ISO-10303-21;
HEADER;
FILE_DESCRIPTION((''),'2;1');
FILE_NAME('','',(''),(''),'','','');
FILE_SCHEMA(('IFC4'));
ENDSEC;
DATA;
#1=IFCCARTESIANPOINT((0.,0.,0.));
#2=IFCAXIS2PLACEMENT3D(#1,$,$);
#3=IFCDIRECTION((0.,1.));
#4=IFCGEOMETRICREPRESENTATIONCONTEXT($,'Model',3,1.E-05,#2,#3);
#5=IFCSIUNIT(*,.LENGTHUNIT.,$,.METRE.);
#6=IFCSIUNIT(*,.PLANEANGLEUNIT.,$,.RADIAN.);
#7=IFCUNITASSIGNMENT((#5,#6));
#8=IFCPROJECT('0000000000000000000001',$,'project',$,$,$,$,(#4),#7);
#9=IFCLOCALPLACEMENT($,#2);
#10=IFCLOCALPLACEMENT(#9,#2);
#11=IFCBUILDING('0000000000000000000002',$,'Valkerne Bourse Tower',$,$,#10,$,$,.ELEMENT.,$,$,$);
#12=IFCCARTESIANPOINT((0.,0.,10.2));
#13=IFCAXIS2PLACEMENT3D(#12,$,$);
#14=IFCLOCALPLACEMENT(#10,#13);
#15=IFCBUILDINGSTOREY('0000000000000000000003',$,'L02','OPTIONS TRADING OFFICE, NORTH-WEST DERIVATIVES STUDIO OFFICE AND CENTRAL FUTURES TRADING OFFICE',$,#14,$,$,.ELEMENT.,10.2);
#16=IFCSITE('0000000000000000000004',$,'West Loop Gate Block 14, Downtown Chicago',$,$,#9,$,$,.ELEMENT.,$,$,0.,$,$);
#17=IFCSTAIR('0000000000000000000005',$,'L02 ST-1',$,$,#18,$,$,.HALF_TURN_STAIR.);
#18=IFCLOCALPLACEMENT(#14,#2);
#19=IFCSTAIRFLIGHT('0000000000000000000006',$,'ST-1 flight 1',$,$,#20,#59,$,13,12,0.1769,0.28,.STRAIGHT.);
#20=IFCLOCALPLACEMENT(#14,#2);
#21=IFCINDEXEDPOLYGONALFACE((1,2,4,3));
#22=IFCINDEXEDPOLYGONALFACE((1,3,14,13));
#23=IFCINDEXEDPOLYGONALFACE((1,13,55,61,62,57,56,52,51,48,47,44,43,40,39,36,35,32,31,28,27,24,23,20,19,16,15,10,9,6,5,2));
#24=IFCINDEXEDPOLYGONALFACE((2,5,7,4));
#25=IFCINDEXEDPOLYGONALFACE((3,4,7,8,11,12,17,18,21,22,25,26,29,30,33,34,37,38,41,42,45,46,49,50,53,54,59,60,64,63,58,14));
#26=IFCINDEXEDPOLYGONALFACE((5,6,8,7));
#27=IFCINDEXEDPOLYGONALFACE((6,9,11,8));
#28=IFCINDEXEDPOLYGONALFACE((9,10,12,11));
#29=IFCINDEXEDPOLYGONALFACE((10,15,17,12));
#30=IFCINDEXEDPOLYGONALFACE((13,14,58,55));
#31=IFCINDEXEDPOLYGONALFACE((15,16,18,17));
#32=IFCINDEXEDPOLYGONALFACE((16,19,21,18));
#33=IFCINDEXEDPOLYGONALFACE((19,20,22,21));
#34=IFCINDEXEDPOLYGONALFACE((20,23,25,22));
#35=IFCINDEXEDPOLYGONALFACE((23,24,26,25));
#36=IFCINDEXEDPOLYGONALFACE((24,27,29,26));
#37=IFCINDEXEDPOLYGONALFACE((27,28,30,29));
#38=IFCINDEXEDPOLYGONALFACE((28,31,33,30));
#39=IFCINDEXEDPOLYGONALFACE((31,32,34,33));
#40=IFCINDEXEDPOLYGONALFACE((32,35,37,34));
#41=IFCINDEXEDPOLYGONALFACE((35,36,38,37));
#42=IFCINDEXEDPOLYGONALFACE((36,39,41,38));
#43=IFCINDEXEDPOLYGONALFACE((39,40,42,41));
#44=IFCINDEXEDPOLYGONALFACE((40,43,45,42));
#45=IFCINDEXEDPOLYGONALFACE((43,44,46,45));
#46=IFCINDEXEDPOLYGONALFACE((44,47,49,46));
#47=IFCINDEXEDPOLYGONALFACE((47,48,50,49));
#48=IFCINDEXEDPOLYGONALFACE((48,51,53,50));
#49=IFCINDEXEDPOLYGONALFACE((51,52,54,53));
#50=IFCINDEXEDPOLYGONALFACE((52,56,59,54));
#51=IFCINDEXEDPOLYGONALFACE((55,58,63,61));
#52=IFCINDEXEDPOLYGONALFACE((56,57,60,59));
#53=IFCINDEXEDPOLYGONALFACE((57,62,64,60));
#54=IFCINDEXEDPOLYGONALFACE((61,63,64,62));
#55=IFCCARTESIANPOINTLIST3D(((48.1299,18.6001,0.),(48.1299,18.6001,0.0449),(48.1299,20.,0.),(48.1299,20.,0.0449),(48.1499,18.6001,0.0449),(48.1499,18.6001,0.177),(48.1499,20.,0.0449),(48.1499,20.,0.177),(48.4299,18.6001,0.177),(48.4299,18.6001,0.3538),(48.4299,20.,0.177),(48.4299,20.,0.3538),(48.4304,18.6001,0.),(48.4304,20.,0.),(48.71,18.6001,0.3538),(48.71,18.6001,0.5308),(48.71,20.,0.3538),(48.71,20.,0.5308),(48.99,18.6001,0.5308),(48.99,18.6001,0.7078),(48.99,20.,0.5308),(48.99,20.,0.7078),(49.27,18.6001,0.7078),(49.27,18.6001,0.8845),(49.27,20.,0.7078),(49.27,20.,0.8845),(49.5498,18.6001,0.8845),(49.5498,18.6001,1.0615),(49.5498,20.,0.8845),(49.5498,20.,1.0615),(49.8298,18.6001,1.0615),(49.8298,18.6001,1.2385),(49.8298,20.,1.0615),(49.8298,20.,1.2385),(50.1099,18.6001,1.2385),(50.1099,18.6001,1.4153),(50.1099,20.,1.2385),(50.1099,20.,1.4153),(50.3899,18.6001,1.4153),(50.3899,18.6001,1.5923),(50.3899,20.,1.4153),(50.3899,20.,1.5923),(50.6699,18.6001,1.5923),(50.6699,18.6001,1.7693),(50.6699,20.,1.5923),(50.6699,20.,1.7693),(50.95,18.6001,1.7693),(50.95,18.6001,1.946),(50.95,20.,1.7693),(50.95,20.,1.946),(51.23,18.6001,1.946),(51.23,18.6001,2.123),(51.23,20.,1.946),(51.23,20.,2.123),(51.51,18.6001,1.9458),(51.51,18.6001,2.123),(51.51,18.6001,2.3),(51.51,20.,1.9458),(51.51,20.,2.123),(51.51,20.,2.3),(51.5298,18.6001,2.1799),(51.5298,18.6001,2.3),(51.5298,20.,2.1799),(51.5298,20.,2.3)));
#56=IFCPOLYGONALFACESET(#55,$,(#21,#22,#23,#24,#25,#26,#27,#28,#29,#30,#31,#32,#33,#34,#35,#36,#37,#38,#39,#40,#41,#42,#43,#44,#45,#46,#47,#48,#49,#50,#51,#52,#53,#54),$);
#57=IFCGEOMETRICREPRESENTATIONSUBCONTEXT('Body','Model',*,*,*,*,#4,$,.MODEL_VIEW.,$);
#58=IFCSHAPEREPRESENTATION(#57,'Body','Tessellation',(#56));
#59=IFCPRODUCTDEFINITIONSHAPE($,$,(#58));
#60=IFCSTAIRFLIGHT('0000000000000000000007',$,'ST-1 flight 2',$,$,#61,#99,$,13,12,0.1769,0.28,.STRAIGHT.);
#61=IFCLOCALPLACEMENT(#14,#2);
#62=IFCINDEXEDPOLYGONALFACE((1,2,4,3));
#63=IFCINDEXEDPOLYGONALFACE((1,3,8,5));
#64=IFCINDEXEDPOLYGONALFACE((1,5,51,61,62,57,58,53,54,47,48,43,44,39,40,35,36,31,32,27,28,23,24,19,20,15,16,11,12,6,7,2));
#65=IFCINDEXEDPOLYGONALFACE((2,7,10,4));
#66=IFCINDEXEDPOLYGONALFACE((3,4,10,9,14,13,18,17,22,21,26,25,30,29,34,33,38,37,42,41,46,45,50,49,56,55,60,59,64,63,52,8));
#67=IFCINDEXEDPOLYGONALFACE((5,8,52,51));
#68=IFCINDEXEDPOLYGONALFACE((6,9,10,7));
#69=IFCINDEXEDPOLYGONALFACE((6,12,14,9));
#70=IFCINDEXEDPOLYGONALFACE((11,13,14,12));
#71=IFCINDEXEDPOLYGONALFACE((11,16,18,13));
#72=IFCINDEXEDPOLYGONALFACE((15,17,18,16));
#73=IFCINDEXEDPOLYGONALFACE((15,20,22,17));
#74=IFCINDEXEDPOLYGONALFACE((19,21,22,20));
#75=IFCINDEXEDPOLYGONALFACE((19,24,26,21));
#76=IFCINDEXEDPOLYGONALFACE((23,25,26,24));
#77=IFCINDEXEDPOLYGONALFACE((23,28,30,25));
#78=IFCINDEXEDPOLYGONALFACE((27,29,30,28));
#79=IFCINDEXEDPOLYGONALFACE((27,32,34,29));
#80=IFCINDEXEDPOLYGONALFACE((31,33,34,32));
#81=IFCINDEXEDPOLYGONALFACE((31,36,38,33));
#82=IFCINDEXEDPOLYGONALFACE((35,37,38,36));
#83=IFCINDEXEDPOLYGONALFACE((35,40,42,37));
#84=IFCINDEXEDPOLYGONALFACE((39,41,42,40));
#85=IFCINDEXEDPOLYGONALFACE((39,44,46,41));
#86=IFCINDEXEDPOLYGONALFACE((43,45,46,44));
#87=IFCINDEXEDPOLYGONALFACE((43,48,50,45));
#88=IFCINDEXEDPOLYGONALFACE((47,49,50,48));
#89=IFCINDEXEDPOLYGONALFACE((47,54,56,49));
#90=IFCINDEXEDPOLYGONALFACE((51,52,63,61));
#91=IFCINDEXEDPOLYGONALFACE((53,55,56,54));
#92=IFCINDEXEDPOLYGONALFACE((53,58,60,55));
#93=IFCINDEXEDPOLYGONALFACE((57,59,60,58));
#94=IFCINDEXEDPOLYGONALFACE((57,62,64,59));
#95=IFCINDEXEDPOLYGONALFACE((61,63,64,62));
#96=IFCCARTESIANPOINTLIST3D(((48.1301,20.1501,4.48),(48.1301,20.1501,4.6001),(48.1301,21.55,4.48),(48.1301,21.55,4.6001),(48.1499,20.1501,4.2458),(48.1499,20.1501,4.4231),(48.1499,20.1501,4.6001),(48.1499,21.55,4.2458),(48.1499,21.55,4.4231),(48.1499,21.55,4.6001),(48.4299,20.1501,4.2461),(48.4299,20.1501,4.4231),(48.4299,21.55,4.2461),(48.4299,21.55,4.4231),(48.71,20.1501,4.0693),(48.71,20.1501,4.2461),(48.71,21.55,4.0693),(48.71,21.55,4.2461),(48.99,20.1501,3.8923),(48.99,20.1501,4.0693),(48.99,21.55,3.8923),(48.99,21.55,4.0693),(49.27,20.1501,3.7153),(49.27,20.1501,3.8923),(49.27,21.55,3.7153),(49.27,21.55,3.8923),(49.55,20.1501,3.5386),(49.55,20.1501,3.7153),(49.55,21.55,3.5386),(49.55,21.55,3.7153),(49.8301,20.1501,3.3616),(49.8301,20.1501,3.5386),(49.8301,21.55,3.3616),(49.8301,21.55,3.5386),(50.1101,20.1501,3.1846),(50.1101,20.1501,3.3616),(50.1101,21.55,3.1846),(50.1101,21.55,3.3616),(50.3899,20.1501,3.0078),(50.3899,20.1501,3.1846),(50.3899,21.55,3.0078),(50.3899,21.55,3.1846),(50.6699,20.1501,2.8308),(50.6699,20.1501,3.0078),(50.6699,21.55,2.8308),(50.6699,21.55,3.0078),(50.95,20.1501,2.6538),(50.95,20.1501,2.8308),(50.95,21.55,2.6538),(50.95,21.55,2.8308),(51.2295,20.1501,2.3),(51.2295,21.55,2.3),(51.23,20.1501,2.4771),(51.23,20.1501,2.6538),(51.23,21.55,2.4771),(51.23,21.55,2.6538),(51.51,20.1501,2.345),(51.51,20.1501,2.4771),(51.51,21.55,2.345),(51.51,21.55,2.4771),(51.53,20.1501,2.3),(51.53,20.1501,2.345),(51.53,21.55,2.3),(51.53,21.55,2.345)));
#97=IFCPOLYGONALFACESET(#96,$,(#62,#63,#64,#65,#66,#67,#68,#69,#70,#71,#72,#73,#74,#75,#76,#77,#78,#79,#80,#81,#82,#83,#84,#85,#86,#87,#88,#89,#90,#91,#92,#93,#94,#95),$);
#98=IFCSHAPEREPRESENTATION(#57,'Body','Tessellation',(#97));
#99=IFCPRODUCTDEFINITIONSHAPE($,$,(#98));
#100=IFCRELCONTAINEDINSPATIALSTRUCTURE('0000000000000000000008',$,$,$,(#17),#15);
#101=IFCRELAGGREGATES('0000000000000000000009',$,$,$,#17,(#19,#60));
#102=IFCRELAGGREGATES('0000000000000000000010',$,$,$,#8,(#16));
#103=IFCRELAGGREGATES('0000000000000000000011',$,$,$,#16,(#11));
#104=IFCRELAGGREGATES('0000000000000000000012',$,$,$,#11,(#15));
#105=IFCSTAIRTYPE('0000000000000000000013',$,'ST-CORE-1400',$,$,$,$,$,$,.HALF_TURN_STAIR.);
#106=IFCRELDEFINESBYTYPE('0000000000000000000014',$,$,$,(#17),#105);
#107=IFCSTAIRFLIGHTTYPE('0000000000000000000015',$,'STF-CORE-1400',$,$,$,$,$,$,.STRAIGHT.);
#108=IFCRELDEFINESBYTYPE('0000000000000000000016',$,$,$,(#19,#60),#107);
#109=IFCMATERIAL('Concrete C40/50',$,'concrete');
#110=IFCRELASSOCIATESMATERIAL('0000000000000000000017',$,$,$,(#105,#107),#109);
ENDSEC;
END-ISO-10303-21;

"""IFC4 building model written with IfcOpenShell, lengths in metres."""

from ifc_helpers import new_model, si_unit, direction, frame, origin, place, context, subcontext, project, spatial, polyline, outline, extrude, material, type_object, element, aggregate, save


model = new_model("IFC4")

# Units and contexts
model_context = context("Model", 3, precision=1e-05, world=origin(), true_north=direction((0.0, 1.0)))
body_context = subcontext(model_context, "Body", "Model", "MODEL_VIEW")
ifc_project = project(units=[si_unit("LENGTHUNIT", "METRE"), si_unit("PLANEANGLEUNIT", "RADIAN")], contexts=[model_context])

# Site, building, storey
site_placement = place(None, origin())
site = spatial("IfcSite", under=ifc_project, at=site_placement, Name="West Loop Gate Block 14, Downtown Chicago", CompositionType="ELEMENT", RefElevation=0.0)
building_placement = place(site_placement, origin())
building = spatial("IfcBuilding", under=site, at=building_placement, Name="Valkerne Bourse Tower", CompositionType="ELEMENT")
storey_placement = place(building_placement, frame((0.0, 0.0, 10.2)))
storey = spatial("IfcBuildingStorey", under=building, at=storey_placement, Name="L02", Description="OPTIONS TRADING OFFICE, NORTH-WEST DERIVATIVES STUDIO OFFICE AND CENTRAL FUTURES TRADING OFFICE", CompositionType="ELEMENT", Elevation=10.2)

# Shared definitions
ifc_material_1 = material(Name="Concrete C40/50", Category="concrete")

# Stair, stair flights
stair_type = type_object("IfcStairType", Name="ST-CORE-1400", PredefinedType="HALF_TURN_STAIR", material=ifc_material_1)
stair_placement = place(storey_placement, origin())
stair = element("IfcStair", 1, at=stair_placement, inside=storey, type_object=stair_type, Name="L02 ST-1", PredefinedType="HALF_TURN_STAIR")
stair_flight_type = type_object("IfcStairFlightType", Name="STF-CORE-1400", PredefinedType="STRAIGHT", material=ifc_material_1)
stair_flight_1_placement = place(storey_placement, frame((48.1499, 19.3, 0.0), z_axis=(0.0, 0.0, 1.0), x_axis=(1.0, 0.0, 0.0)))
stair_flight_1 = element("IfcStairFlight", 2, at=stair_flight_1_placement, type_object=stair_flight_type, Name="ST-1 flight 1", NumberOfRisers=13, NumberOfTreads=12, PredefinedType="STRAIGHT", RiserHeight=0.1769, TreadLength=0.28, context=body_context, shape_type="SweptSolid", body=[
    extrude(outline(polyline([(-0.02, 0.0), (-0.02, 0.0449), (0.0, 0.0449), (0.0, 0.177), (0.28, 0.177), (0.28, 0.3538), (0.5601, 0.3538), (0.5601, 0.5308), (0.8401, 0.5308), (0.8401, 0.7078), (1.1201, 0.7078), (1.1201, 0.8845), (1.3999, 0.8845), (1.3999, 1.0615), (1.6799, 1.0615), (1.6799, 1.2385), (1.96, 1.2385), (1.96, 1.4153), (2.24, 1.4153), (2.24, 1.5923), (2.52, 1.5923), (2.52, 1.7693), (2.8, 1.7693), (2.8, 1.946), (3.0801, 1.946), (3.0801, 2.123), (3.3601, 2.123), (3.3601, 2.3), (3.3799, 2.3), (3.3799, 2.1799), (3.3601, 1.9458), (0.2805, 0.0), (-0.02, 0.0)])), frame((0.0, 0.7, 0.0), z_axis=(0.0, -1.0, 0.0), x_axis=(1.0, 0.0, 0.0)), (0.0, 0.0, 1.0), 1.3999),
])
stair_flight_2_placement = place(storey_placement, frame((51.51, 20.8501, 2.3), z_axis=(0.0, 0.0, 1.0), x_axis=(-1.0, 0.0, 0.0)))
stair_flight_2 = element("IfcStairFlight", 3, at=stair_flight_2_placement, type_object=stair_flight_type, Name="ST-1 flight 2", NumberOfRisers=13, NumberOfTreads=12, PredefinedType="STRAIGHT", RiserHeight=0.1769, TreadLength=0.28, context=body_context, shape_type="SweptSolid", body=[
    extrude(outline(polyline([(-0.02, 0.0), (-0.02, 0.0449), (0.0, 0.0449), (0.0, 0.177), (0.28, 0.177), (0.28, 0.3538), (0.5601, 0.3538), (0.5601, 0.5308), (0.8401, 0.5308), (0.8401, 0.7078), (1.1201, 0.7078), (1.1201, 0.8845), (1.3999, 0.8845), (1.3999, 1.0615), (1.6799, 1.0615), (1.6799, 1.2385), (1.96, 1.2385), (1.96, 1.4153), (2.24, 1.4153), (2.24, 1.5923), (2.52, 1.5923), (2.52, 1.7693), (2.8, 1.7693), (2.8, 1.946), (3.0801, 1.946), (3.0801, 2.123), (3.3601, 2.123), (3.3601, 2.3), (3.3799, 2.3), (3.3799, 2.1799), (3.3601, 1.9458), (0.2805, 0.0), (-0.02, 0.0)])), frame((0.0, 0.7, 0.0), z_axis=(0.0, -1.0, 0.0), x_axis=(1.0, 0.0, 0.0)), (0.0, 0.0, 1.0), 1.3999),
])
aggregate(stair, [stair_flight_1, stair_flight_2])

save(model, "model.ifc")
